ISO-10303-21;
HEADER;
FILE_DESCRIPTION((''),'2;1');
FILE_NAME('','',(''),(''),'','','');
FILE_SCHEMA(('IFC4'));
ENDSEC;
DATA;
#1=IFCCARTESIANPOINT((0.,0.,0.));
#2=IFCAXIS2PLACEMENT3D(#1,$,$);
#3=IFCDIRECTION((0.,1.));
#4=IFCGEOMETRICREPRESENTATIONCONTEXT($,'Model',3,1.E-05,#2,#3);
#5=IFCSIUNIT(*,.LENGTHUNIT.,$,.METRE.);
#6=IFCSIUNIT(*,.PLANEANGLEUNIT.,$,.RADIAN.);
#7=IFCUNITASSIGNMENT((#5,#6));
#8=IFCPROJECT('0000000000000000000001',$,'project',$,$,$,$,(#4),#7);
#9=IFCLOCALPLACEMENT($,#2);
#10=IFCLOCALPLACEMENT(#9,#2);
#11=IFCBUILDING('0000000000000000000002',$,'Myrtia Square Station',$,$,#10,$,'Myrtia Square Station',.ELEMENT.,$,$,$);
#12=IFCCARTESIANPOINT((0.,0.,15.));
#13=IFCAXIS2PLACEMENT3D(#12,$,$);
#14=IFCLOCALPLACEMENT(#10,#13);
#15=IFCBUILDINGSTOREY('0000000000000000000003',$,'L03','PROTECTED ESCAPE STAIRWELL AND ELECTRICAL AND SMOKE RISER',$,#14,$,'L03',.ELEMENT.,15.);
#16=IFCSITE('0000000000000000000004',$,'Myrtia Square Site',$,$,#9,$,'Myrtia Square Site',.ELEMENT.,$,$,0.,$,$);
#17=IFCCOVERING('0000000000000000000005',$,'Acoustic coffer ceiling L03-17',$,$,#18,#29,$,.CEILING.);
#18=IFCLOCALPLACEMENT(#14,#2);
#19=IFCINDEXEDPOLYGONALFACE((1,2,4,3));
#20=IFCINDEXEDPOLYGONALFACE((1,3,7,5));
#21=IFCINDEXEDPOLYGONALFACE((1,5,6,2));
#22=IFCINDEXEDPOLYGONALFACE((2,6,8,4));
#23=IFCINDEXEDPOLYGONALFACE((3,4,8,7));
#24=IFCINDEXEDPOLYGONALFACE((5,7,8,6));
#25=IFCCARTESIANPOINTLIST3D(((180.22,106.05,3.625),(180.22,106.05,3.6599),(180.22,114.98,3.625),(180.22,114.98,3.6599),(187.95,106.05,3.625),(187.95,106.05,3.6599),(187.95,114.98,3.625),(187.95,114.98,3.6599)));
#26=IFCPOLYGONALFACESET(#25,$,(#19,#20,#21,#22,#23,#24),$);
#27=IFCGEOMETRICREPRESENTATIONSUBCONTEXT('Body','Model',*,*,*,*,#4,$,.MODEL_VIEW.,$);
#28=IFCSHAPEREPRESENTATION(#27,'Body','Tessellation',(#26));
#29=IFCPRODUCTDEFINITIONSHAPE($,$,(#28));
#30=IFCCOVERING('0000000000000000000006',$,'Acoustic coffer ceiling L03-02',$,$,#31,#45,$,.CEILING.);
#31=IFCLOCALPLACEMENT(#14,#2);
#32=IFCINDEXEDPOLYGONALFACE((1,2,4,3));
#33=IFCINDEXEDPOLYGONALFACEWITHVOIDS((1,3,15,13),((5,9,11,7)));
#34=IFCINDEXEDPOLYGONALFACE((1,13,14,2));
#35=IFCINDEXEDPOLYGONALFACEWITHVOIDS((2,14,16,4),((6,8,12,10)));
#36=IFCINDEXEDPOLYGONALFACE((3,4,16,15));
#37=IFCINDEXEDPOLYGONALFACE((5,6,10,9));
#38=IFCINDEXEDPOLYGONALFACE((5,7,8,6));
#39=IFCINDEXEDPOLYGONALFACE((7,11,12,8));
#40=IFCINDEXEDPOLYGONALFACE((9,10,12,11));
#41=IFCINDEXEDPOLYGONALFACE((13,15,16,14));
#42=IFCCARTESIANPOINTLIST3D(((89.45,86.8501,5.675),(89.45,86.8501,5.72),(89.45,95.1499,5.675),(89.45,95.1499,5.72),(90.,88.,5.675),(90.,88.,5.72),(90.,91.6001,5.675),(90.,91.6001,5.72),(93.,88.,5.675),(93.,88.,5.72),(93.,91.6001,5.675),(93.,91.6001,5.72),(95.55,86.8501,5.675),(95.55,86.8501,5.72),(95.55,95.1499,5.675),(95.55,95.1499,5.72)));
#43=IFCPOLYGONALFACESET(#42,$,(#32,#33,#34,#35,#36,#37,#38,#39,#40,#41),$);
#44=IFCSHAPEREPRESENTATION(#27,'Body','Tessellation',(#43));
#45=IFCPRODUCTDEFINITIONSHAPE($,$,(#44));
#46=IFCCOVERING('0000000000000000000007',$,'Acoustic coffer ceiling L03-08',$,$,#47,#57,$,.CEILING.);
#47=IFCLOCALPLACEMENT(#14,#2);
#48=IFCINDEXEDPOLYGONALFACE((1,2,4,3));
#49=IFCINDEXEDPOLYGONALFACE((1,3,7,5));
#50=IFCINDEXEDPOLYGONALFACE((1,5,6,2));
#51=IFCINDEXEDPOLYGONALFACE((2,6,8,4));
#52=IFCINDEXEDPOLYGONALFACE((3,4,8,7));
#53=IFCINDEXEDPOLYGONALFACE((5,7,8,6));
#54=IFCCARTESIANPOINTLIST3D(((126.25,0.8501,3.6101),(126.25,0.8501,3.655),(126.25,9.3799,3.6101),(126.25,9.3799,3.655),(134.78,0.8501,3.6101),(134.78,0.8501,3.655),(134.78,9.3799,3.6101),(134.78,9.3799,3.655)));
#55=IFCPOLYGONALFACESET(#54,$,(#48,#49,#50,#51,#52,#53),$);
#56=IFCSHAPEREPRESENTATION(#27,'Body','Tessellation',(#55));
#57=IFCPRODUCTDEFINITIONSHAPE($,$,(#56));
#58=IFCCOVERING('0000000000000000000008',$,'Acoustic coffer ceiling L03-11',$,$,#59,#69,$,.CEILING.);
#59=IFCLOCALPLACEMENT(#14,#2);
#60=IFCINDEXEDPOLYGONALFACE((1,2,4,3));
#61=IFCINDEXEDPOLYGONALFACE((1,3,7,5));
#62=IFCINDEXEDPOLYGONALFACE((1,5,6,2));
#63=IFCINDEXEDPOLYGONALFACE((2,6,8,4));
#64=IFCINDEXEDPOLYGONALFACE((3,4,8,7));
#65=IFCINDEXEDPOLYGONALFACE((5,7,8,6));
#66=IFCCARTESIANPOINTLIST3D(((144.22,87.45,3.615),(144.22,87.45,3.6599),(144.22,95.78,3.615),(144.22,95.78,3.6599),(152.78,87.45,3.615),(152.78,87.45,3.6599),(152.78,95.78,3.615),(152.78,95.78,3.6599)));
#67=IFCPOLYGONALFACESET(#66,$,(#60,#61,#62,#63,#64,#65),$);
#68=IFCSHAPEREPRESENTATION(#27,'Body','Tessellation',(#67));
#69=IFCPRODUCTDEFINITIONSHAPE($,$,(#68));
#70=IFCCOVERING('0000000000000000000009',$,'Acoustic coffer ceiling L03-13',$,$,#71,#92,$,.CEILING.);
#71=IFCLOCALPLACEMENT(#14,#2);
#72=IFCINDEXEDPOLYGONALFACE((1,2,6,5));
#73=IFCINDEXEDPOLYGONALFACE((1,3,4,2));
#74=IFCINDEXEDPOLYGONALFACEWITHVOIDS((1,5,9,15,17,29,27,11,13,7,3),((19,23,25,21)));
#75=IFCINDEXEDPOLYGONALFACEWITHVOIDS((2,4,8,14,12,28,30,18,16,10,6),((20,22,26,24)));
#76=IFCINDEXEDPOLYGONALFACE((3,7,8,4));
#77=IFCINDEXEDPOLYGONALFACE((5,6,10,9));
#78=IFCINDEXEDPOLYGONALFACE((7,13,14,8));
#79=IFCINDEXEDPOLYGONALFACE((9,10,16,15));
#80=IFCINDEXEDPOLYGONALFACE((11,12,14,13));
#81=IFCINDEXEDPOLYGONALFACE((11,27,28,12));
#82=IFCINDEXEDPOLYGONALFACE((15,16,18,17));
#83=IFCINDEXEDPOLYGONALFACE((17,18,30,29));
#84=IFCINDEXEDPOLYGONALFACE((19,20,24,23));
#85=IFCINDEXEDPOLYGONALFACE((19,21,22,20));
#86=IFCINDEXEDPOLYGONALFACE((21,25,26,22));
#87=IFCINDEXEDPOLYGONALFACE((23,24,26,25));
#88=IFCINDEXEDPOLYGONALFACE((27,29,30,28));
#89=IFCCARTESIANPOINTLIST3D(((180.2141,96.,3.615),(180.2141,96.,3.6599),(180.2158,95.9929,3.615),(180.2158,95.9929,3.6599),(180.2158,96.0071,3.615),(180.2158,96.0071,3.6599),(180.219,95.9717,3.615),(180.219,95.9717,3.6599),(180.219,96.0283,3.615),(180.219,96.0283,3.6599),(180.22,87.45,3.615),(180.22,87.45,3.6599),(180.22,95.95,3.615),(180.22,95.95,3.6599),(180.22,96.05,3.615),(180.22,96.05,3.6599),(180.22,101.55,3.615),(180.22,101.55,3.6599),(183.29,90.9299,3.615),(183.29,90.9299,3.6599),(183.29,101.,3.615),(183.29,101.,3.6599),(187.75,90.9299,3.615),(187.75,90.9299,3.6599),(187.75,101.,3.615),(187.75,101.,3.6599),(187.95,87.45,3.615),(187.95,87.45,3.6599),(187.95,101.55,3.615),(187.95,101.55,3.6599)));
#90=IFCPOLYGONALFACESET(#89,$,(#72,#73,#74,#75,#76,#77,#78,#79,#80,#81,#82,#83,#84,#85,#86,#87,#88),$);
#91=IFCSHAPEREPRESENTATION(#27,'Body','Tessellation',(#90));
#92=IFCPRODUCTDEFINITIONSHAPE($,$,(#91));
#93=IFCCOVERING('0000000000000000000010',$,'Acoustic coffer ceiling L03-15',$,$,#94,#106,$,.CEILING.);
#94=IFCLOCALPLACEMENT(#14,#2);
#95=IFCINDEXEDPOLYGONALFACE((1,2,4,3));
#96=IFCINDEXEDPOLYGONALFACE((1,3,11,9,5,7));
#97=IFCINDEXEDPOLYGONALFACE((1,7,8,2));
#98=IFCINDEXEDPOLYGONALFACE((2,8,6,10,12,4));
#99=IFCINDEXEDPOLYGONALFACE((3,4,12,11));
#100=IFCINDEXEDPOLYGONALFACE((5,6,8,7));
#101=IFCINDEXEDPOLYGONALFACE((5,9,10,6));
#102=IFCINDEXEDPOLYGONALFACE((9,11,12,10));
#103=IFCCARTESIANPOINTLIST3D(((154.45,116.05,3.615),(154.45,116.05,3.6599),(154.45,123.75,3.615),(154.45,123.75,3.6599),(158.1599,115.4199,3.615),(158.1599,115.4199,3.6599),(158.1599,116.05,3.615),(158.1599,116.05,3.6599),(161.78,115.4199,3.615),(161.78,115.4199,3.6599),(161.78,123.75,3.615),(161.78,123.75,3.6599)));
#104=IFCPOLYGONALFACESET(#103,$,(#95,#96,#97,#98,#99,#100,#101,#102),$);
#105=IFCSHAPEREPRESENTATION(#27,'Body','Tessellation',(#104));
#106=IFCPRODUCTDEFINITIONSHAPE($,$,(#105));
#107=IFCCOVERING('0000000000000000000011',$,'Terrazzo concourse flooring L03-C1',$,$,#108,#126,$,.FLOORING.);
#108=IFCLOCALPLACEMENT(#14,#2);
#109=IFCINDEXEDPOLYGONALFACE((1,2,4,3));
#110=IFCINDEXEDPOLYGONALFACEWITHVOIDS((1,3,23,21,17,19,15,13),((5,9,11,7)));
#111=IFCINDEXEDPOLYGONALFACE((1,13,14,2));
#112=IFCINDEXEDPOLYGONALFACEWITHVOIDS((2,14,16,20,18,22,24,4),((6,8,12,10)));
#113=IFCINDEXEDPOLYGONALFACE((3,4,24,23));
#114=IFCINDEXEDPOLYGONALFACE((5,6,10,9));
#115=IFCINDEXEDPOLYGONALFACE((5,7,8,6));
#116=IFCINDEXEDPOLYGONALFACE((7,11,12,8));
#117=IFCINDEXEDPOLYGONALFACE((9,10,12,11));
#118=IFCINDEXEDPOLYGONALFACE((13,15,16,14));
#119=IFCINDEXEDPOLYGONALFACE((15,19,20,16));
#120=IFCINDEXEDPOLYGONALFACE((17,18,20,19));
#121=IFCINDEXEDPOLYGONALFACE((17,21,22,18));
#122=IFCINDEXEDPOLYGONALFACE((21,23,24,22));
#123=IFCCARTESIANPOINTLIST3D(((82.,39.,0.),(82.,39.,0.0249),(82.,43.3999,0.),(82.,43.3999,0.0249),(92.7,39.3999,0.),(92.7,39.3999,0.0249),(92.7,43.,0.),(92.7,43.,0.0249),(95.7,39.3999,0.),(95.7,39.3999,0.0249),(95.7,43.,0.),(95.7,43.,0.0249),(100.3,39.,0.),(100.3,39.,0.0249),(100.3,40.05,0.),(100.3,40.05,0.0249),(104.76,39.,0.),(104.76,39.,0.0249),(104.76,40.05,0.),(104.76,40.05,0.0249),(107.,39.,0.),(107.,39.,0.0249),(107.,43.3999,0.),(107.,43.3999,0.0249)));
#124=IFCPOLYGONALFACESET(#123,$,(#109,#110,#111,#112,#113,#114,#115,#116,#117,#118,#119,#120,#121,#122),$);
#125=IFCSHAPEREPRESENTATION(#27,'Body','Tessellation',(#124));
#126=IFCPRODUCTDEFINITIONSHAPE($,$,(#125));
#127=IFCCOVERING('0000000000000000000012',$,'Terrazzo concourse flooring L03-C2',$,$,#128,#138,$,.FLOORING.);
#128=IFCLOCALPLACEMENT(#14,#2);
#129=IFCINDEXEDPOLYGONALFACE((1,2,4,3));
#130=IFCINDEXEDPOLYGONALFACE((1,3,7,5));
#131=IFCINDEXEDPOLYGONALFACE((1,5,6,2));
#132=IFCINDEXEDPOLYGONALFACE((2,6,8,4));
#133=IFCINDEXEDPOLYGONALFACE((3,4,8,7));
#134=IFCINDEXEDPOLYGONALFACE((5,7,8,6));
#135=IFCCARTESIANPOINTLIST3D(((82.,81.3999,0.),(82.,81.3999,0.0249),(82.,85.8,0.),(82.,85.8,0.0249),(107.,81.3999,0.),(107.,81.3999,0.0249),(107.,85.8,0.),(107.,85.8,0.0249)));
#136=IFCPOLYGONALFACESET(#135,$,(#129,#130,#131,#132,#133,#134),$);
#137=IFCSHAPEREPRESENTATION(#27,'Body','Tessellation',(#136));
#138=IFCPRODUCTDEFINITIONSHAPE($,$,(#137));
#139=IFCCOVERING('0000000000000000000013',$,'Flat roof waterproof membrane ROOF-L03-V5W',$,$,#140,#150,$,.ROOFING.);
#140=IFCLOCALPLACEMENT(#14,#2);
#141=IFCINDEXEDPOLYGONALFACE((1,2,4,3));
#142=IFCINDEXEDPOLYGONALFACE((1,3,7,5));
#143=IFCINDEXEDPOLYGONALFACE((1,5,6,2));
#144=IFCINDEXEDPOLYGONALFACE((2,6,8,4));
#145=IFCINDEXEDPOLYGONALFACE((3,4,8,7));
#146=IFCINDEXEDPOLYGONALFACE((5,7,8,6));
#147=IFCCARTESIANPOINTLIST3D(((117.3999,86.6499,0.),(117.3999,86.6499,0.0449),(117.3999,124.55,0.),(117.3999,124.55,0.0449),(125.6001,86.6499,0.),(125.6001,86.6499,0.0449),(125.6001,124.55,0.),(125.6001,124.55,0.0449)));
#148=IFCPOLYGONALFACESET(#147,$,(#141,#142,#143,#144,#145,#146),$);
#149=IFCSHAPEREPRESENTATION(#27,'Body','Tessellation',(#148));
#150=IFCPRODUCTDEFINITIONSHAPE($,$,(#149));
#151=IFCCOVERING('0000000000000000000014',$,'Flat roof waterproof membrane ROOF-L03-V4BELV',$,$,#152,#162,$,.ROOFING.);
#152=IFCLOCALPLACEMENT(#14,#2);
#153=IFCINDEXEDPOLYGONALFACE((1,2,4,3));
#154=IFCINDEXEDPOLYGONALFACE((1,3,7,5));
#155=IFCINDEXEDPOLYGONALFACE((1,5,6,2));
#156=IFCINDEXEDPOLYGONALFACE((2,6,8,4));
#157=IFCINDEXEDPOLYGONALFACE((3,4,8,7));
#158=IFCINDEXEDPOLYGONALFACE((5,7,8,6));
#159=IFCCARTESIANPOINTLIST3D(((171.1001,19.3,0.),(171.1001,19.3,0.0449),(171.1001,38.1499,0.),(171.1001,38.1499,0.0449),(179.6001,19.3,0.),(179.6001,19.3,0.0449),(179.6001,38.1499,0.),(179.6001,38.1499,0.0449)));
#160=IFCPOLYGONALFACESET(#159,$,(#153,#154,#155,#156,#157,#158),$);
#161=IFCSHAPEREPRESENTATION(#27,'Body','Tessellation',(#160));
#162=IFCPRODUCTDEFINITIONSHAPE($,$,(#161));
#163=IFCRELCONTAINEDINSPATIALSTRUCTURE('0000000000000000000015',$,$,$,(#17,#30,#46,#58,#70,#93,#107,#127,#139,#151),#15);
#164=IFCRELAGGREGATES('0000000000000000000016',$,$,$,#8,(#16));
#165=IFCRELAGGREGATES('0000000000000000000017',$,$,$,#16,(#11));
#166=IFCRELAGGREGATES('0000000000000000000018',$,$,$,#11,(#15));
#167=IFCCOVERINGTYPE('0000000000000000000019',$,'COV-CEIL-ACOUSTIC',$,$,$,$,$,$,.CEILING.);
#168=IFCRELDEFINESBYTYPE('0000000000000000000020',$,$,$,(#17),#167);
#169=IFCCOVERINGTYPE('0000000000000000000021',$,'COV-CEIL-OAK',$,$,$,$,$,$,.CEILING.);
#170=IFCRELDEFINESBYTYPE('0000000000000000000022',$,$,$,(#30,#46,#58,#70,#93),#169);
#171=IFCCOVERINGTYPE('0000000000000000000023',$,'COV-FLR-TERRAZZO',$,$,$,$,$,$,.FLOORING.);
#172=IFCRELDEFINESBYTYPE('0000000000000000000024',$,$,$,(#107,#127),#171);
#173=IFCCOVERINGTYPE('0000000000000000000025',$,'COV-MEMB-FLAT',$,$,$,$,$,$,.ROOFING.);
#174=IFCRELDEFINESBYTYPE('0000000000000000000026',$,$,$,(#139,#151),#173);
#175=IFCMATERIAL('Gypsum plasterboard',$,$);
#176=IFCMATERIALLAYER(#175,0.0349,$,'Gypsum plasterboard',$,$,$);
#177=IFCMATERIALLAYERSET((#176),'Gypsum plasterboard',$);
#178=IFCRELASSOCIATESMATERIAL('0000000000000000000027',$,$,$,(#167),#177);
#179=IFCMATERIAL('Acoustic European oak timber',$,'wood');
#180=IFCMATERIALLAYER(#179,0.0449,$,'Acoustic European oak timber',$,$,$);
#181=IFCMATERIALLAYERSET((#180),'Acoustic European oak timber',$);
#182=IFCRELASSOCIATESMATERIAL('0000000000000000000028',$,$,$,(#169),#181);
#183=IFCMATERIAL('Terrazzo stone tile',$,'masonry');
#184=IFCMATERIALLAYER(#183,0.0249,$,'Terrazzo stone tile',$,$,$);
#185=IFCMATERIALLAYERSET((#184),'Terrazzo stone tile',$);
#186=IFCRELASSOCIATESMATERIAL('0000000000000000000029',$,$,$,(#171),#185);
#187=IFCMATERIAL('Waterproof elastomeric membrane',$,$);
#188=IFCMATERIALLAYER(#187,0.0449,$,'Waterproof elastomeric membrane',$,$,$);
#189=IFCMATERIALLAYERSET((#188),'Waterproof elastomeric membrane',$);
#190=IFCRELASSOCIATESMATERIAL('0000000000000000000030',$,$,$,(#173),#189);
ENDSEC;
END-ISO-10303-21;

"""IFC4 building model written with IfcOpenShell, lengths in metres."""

from ifc_helpers import new_model, si_unit, direction, frame, origin, place, context, subcontext, project, spatial, polyline, outline, extrude, material, layer, layer_set, type_object, element, save


model = new_model("IFC4")

# Units and contexts
model_context = context("Model", 3, precision=1e-05, world=origin(), true_north=direction((0.0, 1.0)))
body_context = subcontext(model_context, "Body", "Model", "MODEL_VIEW")
ifc_project = project(units=[si_unit("LENGTHUNIT", "METRE"), si_unit("PLANEANGLEUNIT", "RADIAN")], contexts=[model_context])

# Site, building, storey
site_placement = place(None, origin())
site = spatial("IfcSite", under=ifc_project, at=site_placement, Name="Myrtia Square Site", LongName="Myrtia Square Site", CompositionType="ELEMENT", RefElevation=0.0)
building_placement = place(site_placement, origin())
building = spatial("IfcBuilding", under=site, at=building_placement, Name="Myrtia Square Station", LongName="Myrtia Square Station", CompositionType="ELEMENT")
storey_placement = place(building_placement, frame((0.0, 0.0, 15.0)))
storey = spatial("IfcBuildingStorey", under=building, at=storey_placement, Name="L03", Description="PROTECTED ESCAPE STAIRWELL AND ELECTRICAL AND SMOKE RISER", LongName="L03", CompositionType="ELEMENT", Elevation=15.0)

# Coverings
ifc_material_1 = material(Name="Gypsum plasterboard")
ifc_layer_1 = layer(ifc_material_1, 0.0349, Name="Gypsum plasterboard")
ifc_layer_set_1 = layer_set([ifc_layer_1], Name="Gypsum plasterboard")
covering_type_1 = type_object("IfcCoveringType", Name="COV-CEIL-ACOUSTIC", PredefinedType="CEILING", material=ifc_layer_set_1)
covering_1_placement = place(storey_placement, frame((0.0, 0.0, 3.625)))
element("IfcCovering", 1, at=covering_1_placement, inside=storey, type_object=covering_type_1, Name="Acoustic coffer ceiling L03-17", PredefinedType="CEILING", context=body_context, shape_type="SweptSolid", body=[
    extrude(outline(polyline([(187.95, 106.05), (180.22, 106.05), (180.22, 114.98), (187.95, 114.98), (187.95, 106.05)])), origin(), (0.0, 0.0, 1.0), 0.0349),
])
ifc_material_2 = material(Name="Acoustic European oak timber", Category="wood")
ifc_layer_2 = layer(ifc_material_2, 0.0449, Name="Acoustic European oak timber")
ifc_layer_set_2 = layer_set([ifc_layer_2], Name="Acoustic European oak timber")
covering_type_2 = type_object("IfcCoveringType", Name="COV-CEIL-OAK", PredefinedType="CEILING", material=ifc_layer_set_2)
covering_2_placement = place(storey_placement, frame((0.0, 0.0, 5.675)))
element("IfcCovering", 2, at=covering_2_placement, inside=storey, type_object=covering_type_2, Name="Acoustic coffer ceiling L03-02", PredefinedType="CEILING", context=body_context, shape_type="SweptSolid", body=[
    extrude(outline(polyline([(95.55, 95.1499), (95.55, 86.8501), (89.45, 86.8501), (89.45, 95.1499), (95.55, 95.1499)]), holes=[polyline([(90.0, 91.6001), (90.0, 88.0), (93.0, 88.0), (93.0, 91.6001), (90.0, 91.6001)])]), origin(), (0.0, 0.0, 1.0), 0.0449),
])
covering_3_placement = place(storey_placement, frame((0.0, 0.0, 3.6101)))
element("IfcCovering", 3, at=covering_3_placement, inside=storey, type_object=covering_type_2, Name="Acoustic coffer ceiling L03-08", PredefinedType="CEILING", context=body_context, shape_type="SweptSolid", body=[
    extrude(outline(polyline([(126.25, 9.3799), (134.78, 9.3799), (134.78, 0.8501), (126.25, 0.8501), (126.25, 9.3799)])), origin(), (0.0, 0.0, 1.0), 0.0449),
])
covering_4_placement = place(storey_placement, frame((0.0, 0.0, 3.615)))
element("IfcCovering", 4, at=covering_4_placement, inside=storey, type_object=covering_type_2, Name="Acoustic coffer ceiling L03-11", PredefinedType="CEILING", context=body_context, shape_type="SweptSolid", body=[
    extrude(outline(polyline([(144.22, 87.45), (144.22, 95.78), (152.78, 95.78), (152.78, 87.45), (144.22, 87.45)])), origin(), (0.0, 0.0, 1.0), 0.0449),
])
covering_5_placement = place(storey_placement, frame((0.0, 0.0, 3.615)))
element("IfcCovering", 5, at=covering_5_placement, inside=storey, type_object=covering_type_2, Name="Acoustic coffer ceiling L03-13", PredefinedType="CEILING", context=body_context, shape_type="SweptSolid", body=[
    extrude(outline(polyline([(187.95, 101.55), (187.95, 87.45), (180.22, 87.45), (180.22, 95.95), (180.219, 95.9717), (180.2158, 95.9929), (180.2141, 96.0), (180.2158, 96.0071), (180.219, 96.0283), (180.22, 96.05), (180.22, 101.55), (187.95, 101.55)]), holes=[polyline([(183.29, 101.0), (183.29, 90.9299), (187.75, 90.9299), (187.75, 101.0), (183.29, 101.0)])]), origin(), (0.0, 0.0, 1.0), 0.0449),
])
covering_6_placement = place(storey_placement, frame((0.0, 0.0, 3.615)))
element("IfcCovering", 6, at=covering_6_placement, inside=storey, type_object=covering_type_2, Name="Acoustic coffer ceiling L03-15", PredefinedType="CEILING", context=body_context, shape_type="SweptSolid", body=[
    extrude(outline(polyline([(158.1599, 116.05), (154.45, 116.05), (154.45, 123.75), (161.78, 123.75), (161.78, 115.4199), (158.1599, 115.4199), (158.1599, 116.05)])), origin(), (0.0, 0.0, 1.0), 0.0449),
])
ifc_material_3 = material(Name="Terrazzo stone tile", Category="masonry")
ifc_layer_3 = layer(ifc_material_3, 0.0249, Name="Terrazzo stone tile")
ifc_layer_set_3 = layer_set([ifc_layer_3], Name="Terrazzo stone tile")
covering_type_3 = type_object("IfcCoveringType", Name="COV-FLR-TERRAZZO", PredefinedType="FLOORING", material=ifc_layer_set_3)
covering_7_placement = place(storey_placement, origin())
element("IfcCovering", 7, at=covering_7_placement, inside=storey, type_object=covering_type_3, Name="Terrazzo concourse flooring L03-C1", PredefinedType="FLOORING", context=body_context, shape_type="SweptSolid", body=[
    extrude(outline(polyline([(82.0, 43.3999), (107.0, 43.3999), (107.0, 39.0), (104.76, 39.0), (104.76, 40.05), (100.3, 40.05), (100.3, 39.0), (82.0, 39.0), (82.0, 43.3999)]), holes=[polyline([(95.7, 43.0), (92.7, 43.0), (92.7, 39.3999), (95.7, 39.3999), (95.7, 43.0)])]), origin(), (0.0, 0.0, 1.0), 0.0249),
])
covering_8_placement = place(storey_placement, origin())
element("IfcCovering", 8, at=covering_8_placement, inside=storey, type_object=covering_type_3, Name="Terrazzo concourse flooring L03-C2", PredefinedType="FLOORING", context=body_context, shape_type="SweptSolid", body=[
    extrude(outline(polyline([(82.0, 85.8), (107.0, 85.8), (107.0, 81.3999), (82.0, 81.3999), (82.0, 85.8)])), origin(), (0.0, 0.0, 1.0), 0.0249),
])
ifc_material_4 = material(Name="Waterproof elastomeric membrane")
ifc_layer_4 = layer(ifc_material_4, 0.0449, Name="Waterproof elastomeric membrane")
ifc_layer_set_4 = layer_set([ifc_layer_4], Name="Waterproof elastomeric membrane")
covering_type_4 = type_object("IfcCoveringType", Name="COV-MEMB-FLAT", PredefinedType="ROOFING", material=ifc_layer_set_4)
covering_9_placement = place(storey_placement, origin())
element("IfcCovering", 9, at=covering_9_placement, inside=storey, type_object=covering_type_4, Name="Flat roof waterproof membrane ROOF-L03-V5W", PredefinedType="ROOFING", context=body_context, shape_type="SweptSolid", body=[
    extrude(outline(polyline([(117.3999, 86.6499), (125.6001, 86.6499), (125.6001, 124.55), (117.3999, 124.55), (117.3999, 86.6499)])), origin(), (0.0, 0.0, 1.0), 0.0449),
])
covering_10_placement = place(storey_placement, origin())
element("IfcCovering", 10, at=covering_10_placement, inside=storey, type_object=covering_type_4, Name="Flat roof waterproof membrane ROOF-L03-V4BELV", PredefinedType="ROOFING", context=body_context, shape_type="SweptSolid", body=[
    extrude(outline(polyline([(171.1001, 19.3), (179.6001, 19.3), (179.6001, 38.1499), (171.1001, 38.1499), (171.1001, 19.3)])), origin(), (0.0, 0.0, 1.0), 0.0449),
])

save(model, "model.ifc")
